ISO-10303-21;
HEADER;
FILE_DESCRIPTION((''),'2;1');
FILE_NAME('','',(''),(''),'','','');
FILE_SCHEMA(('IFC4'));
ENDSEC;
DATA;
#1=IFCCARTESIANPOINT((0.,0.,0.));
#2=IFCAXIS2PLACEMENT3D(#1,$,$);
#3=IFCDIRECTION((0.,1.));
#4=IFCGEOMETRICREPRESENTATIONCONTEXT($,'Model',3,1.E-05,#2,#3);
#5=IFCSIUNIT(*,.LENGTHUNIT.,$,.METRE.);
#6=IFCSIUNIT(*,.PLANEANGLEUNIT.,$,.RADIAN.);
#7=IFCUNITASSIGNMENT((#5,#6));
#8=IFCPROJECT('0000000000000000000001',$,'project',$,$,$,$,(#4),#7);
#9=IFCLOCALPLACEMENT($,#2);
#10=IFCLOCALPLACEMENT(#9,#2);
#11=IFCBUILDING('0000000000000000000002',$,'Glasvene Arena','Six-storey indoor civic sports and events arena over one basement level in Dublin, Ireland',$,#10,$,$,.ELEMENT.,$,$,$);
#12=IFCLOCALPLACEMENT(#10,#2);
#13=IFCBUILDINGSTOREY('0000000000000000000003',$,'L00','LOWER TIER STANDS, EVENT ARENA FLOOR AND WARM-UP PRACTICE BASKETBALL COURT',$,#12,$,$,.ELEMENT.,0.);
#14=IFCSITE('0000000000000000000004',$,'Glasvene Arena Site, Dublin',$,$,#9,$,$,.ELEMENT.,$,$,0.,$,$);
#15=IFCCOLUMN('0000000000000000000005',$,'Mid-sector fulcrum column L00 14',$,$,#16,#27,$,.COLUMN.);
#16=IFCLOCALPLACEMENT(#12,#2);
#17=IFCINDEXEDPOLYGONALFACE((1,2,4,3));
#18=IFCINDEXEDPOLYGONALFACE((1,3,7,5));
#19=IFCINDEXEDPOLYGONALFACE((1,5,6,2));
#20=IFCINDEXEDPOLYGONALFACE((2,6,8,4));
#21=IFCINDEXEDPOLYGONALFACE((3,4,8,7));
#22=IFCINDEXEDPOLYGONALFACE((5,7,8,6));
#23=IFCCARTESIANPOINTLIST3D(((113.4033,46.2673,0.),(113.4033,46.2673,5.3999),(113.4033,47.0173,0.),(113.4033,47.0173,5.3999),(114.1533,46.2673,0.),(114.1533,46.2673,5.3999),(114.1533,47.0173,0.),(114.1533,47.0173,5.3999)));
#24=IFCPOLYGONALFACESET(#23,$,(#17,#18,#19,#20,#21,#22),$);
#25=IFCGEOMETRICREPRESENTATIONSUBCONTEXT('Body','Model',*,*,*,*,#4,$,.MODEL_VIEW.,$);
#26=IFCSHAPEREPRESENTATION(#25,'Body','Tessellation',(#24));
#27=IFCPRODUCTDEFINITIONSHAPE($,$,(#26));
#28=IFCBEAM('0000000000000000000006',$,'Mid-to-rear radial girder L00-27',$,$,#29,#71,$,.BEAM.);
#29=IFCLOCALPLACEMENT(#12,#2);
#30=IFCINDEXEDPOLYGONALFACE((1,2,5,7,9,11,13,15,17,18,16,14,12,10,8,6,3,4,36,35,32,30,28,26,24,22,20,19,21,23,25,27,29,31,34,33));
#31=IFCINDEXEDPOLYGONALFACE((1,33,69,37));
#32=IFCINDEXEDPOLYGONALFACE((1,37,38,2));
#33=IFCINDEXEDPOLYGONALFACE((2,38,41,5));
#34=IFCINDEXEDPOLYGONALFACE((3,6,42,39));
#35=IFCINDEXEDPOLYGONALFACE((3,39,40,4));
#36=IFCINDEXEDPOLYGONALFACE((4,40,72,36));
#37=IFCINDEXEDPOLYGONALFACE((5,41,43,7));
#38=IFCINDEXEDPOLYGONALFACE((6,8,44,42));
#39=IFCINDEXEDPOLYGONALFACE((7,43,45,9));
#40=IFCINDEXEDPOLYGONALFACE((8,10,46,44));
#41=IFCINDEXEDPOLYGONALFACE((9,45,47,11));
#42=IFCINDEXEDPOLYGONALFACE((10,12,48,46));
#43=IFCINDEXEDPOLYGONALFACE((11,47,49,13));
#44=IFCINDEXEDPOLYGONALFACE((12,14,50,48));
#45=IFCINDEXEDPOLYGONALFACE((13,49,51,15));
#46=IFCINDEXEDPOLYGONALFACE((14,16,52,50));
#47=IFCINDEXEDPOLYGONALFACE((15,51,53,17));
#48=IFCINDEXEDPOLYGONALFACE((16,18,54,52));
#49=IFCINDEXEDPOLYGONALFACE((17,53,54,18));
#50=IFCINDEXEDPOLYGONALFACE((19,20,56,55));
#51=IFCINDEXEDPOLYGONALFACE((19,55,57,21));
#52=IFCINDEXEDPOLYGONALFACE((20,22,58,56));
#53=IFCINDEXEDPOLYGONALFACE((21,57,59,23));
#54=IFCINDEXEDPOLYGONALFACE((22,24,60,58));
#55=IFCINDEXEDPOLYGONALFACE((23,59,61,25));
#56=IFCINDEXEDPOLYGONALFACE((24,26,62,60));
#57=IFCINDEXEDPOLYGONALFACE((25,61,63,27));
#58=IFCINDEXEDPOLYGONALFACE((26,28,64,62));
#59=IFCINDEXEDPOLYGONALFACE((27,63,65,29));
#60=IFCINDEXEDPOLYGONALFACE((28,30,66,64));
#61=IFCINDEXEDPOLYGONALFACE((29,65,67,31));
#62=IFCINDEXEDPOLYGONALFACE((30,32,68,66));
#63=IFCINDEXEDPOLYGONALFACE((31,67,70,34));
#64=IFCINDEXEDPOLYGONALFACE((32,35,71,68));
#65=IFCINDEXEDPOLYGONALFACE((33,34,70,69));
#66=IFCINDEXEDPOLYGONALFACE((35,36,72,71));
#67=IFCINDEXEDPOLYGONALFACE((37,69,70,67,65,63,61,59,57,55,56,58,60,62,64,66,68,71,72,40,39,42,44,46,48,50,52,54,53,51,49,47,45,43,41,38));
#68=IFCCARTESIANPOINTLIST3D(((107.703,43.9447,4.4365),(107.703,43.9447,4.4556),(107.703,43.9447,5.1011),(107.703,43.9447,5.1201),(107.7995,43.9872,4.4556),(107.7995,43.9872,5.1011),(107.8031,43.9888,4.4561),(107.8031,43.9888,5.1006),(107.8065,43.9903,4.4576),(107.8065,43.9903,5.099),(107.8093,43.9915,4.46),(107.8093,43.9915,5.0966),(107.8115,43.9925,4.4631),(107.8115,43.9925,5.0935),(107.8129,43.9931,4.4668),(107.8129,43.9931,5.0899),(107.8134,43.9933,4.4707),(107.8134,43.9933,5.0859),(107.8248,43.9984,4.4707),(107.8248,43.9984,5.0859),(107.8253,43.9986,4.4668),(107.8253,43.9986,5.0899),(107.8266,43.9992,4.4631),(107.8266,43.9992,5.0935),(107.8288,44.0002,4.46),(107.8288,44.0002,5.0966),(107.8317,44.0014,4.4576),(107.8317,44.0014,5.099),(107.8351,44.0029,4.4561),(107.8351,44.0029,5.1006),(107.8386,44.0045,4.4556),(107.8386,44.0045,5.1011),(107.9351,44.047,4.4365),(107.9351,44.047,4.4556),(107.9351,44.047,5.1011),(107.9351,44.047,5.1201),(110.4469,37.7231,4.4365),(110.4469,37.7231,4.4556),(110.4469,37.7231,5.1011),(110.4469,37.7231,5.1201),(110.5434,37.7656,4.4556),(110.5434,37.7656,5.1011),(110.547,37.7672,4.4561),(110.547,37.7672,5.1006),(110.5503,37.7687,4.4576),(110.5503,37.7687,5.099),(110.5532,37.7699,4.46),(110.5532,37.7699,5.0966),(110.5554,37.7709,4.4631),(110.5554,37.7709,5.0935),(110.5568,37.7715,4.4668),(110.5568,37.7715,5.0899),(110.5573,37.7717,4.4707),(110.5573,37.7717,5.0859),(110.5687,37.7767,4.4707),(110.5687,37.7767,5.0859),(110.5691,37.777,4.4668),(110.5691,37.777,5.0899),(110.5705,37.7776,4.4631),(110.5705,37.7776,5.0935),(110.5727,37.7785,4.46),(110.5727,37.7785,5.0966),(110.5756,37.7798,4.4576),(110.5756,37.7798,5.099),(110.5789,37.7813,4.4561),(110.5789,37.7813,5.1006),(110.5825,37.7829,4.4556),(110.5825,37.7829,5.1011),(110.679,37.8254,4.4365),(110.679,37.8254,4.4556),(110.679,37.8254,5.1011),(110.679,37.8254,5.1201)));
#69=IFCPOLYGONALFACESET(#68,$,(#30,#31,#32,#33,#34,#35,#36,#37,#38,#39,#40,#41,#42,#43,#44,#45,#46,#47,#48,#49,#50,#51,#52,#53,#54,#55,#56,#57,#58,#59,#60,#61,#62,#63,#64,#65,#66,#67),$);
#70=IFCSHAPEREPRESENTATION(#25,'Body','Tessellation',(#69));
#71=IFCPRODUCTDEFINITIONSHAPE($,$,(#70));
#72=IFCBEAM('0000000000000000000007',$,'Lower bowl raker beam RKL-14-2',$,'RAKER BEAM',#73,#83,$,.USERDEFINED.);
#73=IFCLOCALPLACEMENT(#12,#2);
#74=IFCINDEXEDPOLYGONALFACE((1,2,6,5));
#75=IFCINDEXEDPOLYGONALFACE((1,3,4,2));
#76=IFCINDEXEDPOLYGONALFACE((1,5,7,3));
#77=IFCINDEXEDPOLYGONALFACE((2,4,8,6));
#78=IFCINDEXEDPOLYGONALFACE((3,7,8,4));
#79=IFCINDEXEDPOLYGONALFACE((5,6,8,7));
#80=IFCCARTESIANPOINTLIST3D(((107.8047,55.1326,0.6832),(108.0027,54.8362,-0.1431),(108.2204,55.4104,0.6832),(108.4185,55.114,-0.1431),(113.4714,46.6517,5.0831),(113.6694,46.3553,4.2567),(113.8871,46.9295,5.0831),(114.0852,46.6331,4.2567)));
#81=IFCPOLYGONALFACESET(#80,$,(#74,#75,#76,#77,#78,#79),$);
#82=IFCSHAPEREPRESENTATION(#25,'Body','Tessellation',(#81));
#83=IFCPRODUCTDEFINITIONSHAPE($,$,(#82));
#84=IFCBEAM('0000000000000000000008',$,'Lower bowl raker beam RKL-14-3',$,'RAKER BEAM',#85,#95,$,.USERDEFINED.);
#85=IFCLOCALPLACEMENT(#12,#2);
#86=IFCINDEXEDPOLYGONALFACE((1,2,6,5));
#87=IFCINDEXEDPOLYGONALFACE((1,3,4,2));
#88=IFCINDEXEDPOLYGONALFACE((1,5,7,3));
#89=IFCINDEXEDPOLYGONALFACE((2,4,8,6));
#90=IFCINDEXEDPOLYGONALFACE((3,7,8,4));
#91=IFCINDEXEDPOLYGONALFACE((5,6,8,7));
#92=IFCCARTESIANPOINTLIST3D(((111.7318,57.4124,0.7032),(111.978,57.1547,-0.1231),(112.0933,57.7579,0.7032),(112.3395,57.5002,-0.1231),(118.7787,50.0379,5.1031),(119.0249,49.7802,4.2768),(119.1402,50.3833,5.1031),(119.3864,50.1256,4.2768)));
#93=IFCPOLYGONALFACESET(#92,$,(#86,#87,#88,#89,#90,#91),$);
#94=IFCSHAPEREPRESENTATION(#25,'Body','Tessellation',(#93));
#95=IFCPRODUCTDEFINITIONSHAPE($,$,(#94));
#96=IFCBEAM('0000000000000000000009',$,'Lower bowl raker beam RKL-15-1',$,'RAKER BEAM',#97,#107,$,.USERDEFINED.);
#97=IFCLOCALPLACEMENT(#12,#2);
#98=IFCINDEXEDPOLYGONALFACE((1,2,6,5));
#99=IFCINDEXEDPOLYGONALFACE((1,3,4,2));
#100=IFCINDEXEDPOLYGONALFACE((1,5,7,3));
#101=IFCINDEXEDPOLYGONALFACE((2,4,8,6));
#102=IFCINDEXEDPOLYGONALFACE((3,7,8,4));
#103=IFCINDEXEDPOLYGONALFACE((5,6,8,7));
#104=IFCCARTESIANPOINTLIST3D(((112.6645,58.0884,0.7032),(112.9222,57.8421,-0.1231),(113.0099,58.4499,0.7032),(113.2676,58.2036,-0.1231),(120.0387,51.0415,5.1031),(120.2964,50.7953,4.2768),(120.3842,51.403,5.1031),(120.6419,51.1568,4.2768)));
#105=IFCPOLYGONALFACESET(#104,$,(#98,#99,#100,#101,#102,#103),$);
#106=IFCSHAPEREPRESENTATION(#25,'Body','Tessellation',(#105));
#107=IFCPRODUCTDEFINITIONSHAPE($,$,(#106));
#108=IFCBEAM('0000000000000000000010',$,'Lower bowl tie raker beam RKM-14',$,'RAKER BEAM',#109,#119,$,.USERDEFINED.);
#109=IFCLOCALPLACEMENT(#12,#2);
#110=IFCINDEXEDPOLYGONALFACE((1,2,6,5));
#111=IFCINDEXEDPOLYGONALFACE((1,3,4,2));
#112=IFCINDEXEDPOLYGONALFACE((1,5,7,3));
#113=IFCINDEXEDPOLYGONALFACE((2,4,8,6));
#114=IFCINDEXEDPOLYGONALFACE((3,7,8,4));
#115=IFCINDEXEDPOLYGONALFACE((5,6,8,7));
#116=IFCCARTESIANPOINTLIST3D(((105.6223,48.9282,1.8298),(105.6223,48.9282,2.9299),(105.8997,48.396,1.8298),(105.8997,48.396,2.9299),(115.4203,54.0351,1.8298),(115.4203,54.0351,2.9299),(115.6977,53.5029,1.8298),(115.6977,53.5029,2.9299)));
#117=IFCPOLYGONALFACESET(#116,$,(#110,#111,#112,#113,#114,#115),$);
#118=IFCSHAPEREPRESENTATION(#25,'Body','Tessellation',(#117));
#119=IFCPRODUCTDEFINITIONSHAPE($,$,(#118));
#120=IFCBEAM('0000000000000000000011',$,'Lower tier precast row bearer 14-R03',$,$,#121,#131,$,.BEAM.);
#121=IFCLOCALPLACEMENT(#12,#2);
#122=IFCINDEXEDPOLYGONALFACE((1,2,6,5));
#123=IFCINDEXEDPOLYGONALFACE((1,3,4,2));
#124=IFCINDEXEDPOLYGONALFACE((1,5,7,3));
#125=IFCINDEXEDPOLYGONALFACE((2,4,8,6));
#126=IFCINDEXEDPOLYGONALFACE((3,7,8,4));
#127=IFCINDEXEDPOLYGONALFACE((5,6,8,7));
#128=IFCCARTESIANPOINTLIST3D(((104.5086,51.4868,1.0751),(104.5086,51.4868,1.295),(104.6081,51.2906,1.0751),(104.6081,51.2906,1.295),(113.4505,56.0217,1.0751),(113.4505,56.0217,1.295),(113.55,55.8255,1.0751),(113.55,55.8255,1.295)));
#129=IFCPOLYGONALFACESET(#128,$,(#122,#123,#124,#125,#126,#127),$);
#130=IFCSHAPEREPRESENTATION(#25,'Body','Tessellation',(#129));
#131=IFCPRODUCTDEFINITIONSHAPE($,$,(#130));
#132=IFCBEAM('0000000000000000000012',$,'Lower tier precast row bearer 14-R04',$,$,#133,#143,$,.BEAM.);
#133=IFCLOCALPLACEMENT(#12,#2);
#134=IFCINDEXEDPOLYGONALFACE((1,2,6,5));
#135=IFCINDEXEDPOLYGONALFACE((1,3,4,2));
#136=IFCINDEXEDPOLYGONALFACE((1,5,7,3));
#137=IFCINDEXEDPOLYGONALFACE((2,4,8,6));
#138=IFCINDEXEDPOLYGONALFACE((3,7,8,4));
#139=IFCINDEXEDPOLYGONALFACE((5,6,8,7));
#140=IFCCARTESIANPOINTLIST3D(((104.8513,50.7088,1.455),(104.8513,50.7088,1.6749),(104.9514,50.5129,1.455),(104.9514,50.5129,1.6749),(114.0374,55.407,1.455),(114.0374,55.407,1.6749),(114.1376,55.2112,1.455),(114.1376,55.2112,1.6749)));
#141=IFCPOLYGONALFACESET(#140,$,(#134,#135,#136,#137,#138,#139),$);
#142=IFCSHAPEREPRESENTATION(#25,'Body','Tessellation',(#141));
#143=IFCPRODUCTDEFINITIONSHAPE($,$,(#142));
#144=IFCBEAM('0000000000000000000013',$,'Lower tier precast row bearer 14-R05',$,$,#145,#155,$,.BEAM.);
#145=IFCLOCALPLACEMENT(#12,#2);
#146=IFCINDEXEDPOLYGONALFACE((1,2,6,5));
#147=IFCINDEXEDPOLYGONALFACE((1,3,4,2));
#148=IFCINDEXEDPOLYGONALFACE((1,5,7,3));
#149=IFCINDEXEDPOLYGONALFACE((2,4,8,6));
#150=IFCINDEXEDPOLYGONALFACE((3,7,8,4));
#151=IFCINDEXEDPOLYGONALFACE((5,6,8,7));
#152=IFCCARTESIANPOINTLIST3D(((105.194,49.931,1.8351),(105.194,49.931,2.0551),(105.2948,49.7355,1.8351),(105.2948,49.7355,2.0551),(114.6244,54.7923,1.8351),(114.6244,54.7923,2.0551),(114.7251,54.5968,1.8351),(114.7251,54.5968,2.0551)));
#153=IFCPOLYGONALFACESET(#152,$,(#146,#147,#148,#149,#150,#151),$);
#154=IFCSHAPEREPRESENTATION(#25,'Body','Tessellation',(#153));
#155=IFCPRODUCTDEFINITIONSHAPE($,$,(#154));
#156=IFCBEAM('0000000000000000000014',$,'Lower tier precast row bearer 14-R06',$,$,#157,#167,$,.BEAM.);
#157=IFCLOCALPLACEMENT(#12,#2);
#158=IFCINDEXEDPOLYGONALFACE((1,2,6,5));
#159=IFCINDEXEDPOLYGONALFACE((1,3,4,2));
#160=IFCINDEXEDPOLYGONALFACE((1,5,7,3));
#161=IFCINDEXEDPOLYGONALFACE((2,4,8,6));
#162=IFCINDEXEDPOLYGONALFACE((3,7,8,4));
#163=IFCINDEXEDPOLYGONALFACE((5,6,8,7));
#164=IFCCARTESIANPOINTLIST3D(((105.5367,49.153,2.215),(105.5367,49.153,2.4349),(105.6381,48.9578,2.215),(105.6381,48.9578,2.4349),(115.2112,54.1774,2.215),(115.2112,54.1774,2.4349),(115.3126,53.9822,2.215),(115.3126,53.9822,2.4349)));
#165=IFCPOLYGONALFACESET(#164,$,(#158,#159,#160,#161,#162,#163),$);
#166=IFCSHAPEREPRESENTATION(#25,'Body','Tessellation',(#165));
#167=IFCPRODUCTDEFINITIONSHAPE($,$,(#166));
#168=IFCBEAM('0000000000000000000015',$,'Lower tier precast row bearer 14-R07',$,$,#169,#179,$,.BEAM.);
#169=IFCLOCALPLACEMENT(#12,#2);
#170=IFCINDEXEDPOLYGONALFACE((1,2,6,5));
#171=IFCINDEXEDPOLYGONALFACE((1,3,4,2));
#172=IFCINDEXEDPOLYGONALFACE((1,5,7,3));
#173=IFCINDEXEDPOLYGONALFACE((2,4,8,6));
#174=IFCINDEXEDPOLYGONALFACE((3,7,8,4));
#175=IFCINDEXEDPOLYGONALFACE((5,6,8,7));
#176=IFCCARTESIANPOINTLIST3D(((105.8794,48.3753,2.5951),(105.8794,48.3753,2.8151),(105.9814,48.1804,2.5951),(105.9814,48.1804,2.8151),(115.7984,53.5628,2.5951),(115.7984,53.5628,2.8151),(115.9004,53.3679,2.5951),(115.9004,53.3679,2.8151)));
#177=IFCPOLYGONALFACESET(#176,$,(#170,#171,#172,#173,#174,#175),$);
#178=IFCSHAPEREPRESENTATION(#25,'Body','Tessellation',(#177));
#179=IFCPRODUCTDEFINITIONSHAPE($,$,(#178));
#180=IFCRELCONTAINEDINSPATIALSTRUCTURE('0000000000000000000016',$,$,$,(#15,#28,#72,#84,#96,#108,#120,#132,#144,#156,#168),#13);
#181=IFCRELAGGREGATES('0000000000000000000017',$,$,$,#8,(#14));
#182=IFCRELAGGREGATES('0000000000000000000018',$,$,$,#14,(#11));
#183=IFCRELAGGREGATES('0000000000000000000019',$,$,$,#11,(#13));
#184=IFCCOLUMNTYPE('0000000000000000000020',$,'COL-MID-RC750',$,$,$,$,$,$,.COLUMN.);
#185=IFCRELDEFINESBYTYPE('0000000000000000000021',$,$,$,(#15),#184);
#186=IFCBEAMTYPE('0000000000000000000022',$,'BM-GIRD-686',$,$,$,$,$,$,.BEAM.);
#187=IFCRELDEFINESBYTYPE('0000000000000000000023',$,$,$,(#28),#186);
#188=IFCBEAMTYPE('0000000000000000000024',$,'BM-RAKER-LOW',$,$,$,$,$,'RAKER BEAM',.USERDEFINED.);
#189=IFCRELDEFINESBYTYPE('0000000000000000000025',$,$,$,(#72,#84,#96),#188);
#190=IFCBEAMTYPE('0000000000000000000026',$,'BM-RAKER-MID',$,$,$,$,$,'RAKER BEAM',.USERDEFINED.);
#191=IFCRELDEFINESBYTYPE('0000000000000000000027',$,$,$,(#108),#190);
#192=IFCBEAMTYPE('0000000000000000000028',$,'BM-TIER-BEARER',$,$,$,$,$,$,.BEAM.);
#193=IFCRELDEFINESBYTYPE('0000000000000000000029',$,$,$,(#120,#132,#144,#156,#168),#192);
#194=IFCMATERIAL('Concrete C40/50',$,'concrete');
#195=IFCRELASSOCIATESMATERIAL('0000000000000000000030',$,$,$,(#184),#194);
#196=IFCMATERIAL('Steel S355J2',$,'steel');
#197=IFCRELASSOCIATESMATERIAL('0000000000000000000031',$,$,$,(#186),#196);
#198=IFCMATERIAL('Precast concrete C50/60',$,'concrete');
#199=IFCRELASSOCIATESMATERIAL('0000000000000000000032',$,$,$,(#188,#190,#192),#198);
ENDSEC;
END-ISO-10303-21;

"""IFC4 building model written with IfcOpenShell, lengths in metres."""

from ifc_helpers import new_model, si_unit, direction, frame, origin, origin_2d, place, context, subcontext, project, spatial, rectangle, i_section, extrude, material, material_profile, profile_set, type_object, element, save


model = new_model("IFC4")

# Units and contexts
model_context = context("Model", 3, precision=1e-05, world=origin(), true_north=direction((0.0, 1.0)))
body_context = subcontext(model_context, "Body", "Model", "MODEL_VIEW")
ifc_project = project(units=[si_unit("LENGTHUNIT", "METRE"), si_unit("PLANEANGLEUNIT", "RADIAN")], contexts=[model_context])

# Site, building, storey
site_placement = place(None, origin())
site = spatial("IfcSite", under=ifc_project, at=site_placement, Name="Glasvene Arena Site, Dublin", CompositionType="ELEMENT", RefElevation=0.0)
building_placement = place(site_placement, origin())
building = spatial("IfcBuilding", under=site, at=building_placement, Name="Glasvene Arena", Description="Six-storey indoor civic sports and events arena over one basement level in Dublin, Ireland", CompositionType="ELEMENT")
storey_placement = place(building_placement, origin())
storey = spatial("IfcBuildingStorey", under=building, at=storey_placement, Name="L00", Description="LOWER TIER STANDS, EVENT ARENA FLOOR AND WARM-UP PRACTICE BASKETBALL COURT", CompositionType="ELEMENT", Elevation=0.0)

# Column
ifc_material_1 = material(Name="Concrete C40/50", Category="concrete")
ifc_material_profile_1 = material_profile(ifc_material_1, rectangle(XDim=0.75, YDim=0.75, at=origin_2d()), Name="RC 750x750")
ifc_profile_set_1 = profile_set([ifc_material_profile_1], Name="Concrete C40/50")
column_type = type_object("IfcColumnType", Name="COL-MID-RC750", PredefinedType="COLUMN", material=ifc_profile_set_1)
column_placement = place(storey_placement, frame((113.7783, 46.6423, 0.0), z_axis=(0.0, 0.0, 1.0), x_axis=(1.0, 0.0, 0.0)))
element("IfcColumn", 1, at=column_placement, inside=storey, type_object=column_type, Name="Mid-sector fulcrum column L00 14", PredefinedType="COLUMN", context=body_context, shape_type="SweptSolid", body=[
    extrude(rectangle(XDim=0.75, YDim=0.75, at=origin_2d()), origin(), (0.0, 0.0, 1.0), 5.3999),
])

# Beams
ifc_material_2 = material(Name="Steel S355J2", Category="steel")
ifc_material_profile_2 = material_profile(ifc_material_2, i_section(OverallWidth=0.2537, OverallDepth=0.6836, WebThickness=0.0125, FlangeThickness=0.019, FilletRadius=0.0151, at=origin_2d()), Name="UKB 686x254x140")
ifc_profile_set_2 = profile_set([ifc_material_profile_2], Name="Steel S355J2")
beam_type_1 = type_object("IfcBeamType", Name="BM-GIRD-686", PredefinedType="BEAM", material=ifc_profile_set_2)
beam_1_placement = place(storey_placement, frame((107.8191, 43.9958, 4.7783), z_axis=(0.403522, -0.91497, 0.0), x_axis=(0.91497, 0.403522, 0.0)))
element("IfcBeam", 2, at=beam_1_placement, inside=storey, type_object=beam_type_1, Name="Mid-to-rear radial girder L00-27", PredefinedType="BEAM", context=body_context, shape_type="SweptSolid", body=[
    extrude(i_section(OverallWidth=0.2537, OverallDepth=0.6836, WebThickness=0.0125, FlangeThickness=0.019, FilletRadius=0.0151, at=origin_2d()), origin(), (0.0, 0.0, 1.0), 6.7998),
])
ifc_material_3 = material(Name="Precast concrete C50/60", Category="concrete")
ifc_material_profile_3 = material_profile(ifc_material_3, rectangle(XDim=0.5, YDim=0.8999, at=origin_2d()), Name="RC 500x900")
ifc_profile_set_3 = profile_set([ifc_material_profile_3], Name="Precast concrete C50/60")
beam_type_2 = type_object("IfcBeamType", Name="BM-RAKER-LOW", ElementType="RAKER BEAM", PredefinedType="USERDEFINED", material=ifc_profile_set_3)
beam_2_placement = place(storey_placement, frame((108.1116, 55.1233, 0.27), z_axis=(0.510129, -0.763469, 0.396086), x_axis=(0.831472, 0.555567, 0.0)))
element("IfcBeam", 3, at=beam_2_placement, inside=storey, type_object=beam_type_2, Name="Lower bowl raker beam RKL-14-2", ObjectType="RAKER BEAM", PredefinedType="USERDEFINED", context=body_context, shape_type="SweptSolid", body=[
    extrude(rectangle(XDim=0.5, YDim=0.8999, at=origin_2d()), origin(), (0.0, 0.0, 1.0), 11.1084),
])
beam_3_placement = place(storey_placement, frame((112.0356, 57.4563, 0.29), z_axis=(0.634362, -0.663856, 0.396081), x_axis=(0.722985, 0.690864, 0.0)))
element("IfcBeam", 4, at=beam_3_placement, inside=storey, type_object=beam_type_2, Name="Lower bowl raker beam RKL-14-3", ObjectType="RAKER BEAM", PredefinedType="USERDEFINED", context=body_context, shape_type="SweptSolid", body=[
    extrude(rectangle(XDim=0.5, YDim=0.8999, at=origin_2d()), origin(), (0.0, 0.0, 1.0), 11.1086),
])
beam_4_placement = place(storey_placement, frame((112.9661, 58.146, 0.29), z_axis=(0.663844, -0.634371, 0.396086), x_axis=(0.690876, 0.722973, 0.0)))
element("IfcBeam", 5, at=beam_4_placement, inside=storey, type_object=beam_type_2, Name="Lower bowl raker beam RKL-15-1", ObjectType="RAKER BEAM", PredefinedType="USERDEFINED", context=body_context, shape_type="SweptSolid", body=[
    extrude(rectangle(XDim=0.5, YDim=0.8999, at=origin_2d()), origin(), (0.0, 0.0, 1.0), 11.1084),
])
ifc_material_profile_4 = material_profile(ifc_material_3, rectangle(XDim=0.6001, YDim=1.1001, at=origin_2d()), Name="RC 600x1100")
ifc_profile_set_4 = profile_set([ifc_material_profile_4], Name="Precast concrete C50/60")
beam_type_3 = type_object("IfcBeamType", Name="BM-RAKER-MID", ElementType="RAKER BEAM", PredefinedType="USERDEFINED", material=ifc_profile_set_4)
beam_5_placement = place(storey_placement, frame((105.761, 48.6621, 2.3799), z_axis=(0.886775, 0.462202, 0.0), x_axis=(-0.462202, 0.886775, 0.0)))
element("IfcBeam", 6, at=beam_5_placement, inside=storey, type_object=beam_type_3, Name="Lower bowl tie raker beam RKM-14", ObjectType="RAKER BEAM", PredefinedType="USERDEFINED", context=body_context, shape_type="SweptSolid", body=[
    extrude(rectangle(XDim=0.6001, YDim=1.1001, at=origin_2d()), origin(), (0.0, 0.0, 1.0), 11.0491),
])
ifc_material_profile_5 = material_profile(ifc_material_3, rectangle(XDim=0.22, YDim=0.22, at=origin_2d()), Name="RC 220x220")
ifc_profile_set_5 = profile_set([ifc_material_profile_5], Name="Precast concrete C50/60")
beam_type_4 = type_object("IfcBeamType", Name="BM-TIER-BEARER", PredefinedType="BEAM", material=ifc_profile_set_5)
beam_6_placement = place(storey_placement, frame((104.5583, 51.3887, 1.1851), z_axis=(0.891861, 0.45231, 0.0), x_axis=(-0.45231, 0.891861, 0.0)))
element("IfcBeam", 7, at=beam_6_placement, inside=storey, type_object=beam_type_4, Name="Lower tier precast row bearer 14-R03", PredefinedType="BEAM", context=body_context, shape_type="SweptSolid", body=[
    extrude(rectangle(XDim=0.22, YDim=0.22, at=origin_2d()), origin(), (0.0, 0.0, 1.0), 10.0261),
])
beam_7_placement = place(storey_placement, frame((104.9014, 50.6108, 1.5649), z_axis=(0.890311, 0.455354, 0.0), x_axis=(-0.455354, 0.890311, 0.0)))
element("IfcBeam", 8, at=beam_7_placement, inside=storey, type_object=beam_type_4, Name="Lower tier precast row bearer 14-R04", PredefinedType="BEAM", context=body_context, shape_type="SweptSolid", body=[
    extrude(rectangle(XDim=0.22, YDim=0.22, at=origin_2d()), origin(), (0.0, 0.0, 1.0), 10.3179),
])
beam_8_placement = place(storey_placement, frame((105.2444, 49.8333, 1.9451), z_axis=(0.88885, 0.458197, 0.0), x_axis=(-0.458197, 0.88885, 0.0)))
element("IfcBeam", 9, at=beam_8_placement, inside=storey, type_object=beam_type_4, Name="Lower tier precast row bearer 14-R05", PredefinedType="BEAM", context=body_context, shape_type="SweptSolid", body=[
    extrude(rectangle(XDim=0.22, YDim=0.22, at=origin_2d()), origin(), (0.0, 0.0, 1.0), 10.6096),
])
beam_9_placement = place(storey_placement, frame((105.5874, 49.0554, 2.325), z_axis=(0.887455, 0.460894, 0.0), x_axis=(-0.460894, 0.887455, 0.0)))
element("IfcBeam", 10, at=beam_9_placement, inside=storey, type_object=beam_type_4, Name="Lower tier precast row bearer 14-R06", PredefinedType="BEAM", context=body_context, shape_type="SweptSolid", body=[
    extrude(rectangle(XDim=0.22, YDim=0.22, at=origin_2d()), origin(), (0.0, 0.0, 1.0), 10.9014),
])
beam_10_placement = place(storey_placement, frame((105.9304, 48.2778, 2.7051), z_axis=(0.88613, 0.463436, 0.0), x_axis=(-0.463436, 0.88613, 0.0)))
element("IfcBeam", 11, at=beam_10_placement, inside=storey, type_object=beam_type_4, Name="Lower tier precast row bearer 14-R07", PredefinedType="BEAM", context=body_context, shape_type="SweptSolid", body=[
    extrude(rectangle(XDim=0.22, YDim=0.22, at=origin_2d()), origin(), (0.0, 0.0, 1.0), 11.1936),
])

save(model, "model.ifc")
